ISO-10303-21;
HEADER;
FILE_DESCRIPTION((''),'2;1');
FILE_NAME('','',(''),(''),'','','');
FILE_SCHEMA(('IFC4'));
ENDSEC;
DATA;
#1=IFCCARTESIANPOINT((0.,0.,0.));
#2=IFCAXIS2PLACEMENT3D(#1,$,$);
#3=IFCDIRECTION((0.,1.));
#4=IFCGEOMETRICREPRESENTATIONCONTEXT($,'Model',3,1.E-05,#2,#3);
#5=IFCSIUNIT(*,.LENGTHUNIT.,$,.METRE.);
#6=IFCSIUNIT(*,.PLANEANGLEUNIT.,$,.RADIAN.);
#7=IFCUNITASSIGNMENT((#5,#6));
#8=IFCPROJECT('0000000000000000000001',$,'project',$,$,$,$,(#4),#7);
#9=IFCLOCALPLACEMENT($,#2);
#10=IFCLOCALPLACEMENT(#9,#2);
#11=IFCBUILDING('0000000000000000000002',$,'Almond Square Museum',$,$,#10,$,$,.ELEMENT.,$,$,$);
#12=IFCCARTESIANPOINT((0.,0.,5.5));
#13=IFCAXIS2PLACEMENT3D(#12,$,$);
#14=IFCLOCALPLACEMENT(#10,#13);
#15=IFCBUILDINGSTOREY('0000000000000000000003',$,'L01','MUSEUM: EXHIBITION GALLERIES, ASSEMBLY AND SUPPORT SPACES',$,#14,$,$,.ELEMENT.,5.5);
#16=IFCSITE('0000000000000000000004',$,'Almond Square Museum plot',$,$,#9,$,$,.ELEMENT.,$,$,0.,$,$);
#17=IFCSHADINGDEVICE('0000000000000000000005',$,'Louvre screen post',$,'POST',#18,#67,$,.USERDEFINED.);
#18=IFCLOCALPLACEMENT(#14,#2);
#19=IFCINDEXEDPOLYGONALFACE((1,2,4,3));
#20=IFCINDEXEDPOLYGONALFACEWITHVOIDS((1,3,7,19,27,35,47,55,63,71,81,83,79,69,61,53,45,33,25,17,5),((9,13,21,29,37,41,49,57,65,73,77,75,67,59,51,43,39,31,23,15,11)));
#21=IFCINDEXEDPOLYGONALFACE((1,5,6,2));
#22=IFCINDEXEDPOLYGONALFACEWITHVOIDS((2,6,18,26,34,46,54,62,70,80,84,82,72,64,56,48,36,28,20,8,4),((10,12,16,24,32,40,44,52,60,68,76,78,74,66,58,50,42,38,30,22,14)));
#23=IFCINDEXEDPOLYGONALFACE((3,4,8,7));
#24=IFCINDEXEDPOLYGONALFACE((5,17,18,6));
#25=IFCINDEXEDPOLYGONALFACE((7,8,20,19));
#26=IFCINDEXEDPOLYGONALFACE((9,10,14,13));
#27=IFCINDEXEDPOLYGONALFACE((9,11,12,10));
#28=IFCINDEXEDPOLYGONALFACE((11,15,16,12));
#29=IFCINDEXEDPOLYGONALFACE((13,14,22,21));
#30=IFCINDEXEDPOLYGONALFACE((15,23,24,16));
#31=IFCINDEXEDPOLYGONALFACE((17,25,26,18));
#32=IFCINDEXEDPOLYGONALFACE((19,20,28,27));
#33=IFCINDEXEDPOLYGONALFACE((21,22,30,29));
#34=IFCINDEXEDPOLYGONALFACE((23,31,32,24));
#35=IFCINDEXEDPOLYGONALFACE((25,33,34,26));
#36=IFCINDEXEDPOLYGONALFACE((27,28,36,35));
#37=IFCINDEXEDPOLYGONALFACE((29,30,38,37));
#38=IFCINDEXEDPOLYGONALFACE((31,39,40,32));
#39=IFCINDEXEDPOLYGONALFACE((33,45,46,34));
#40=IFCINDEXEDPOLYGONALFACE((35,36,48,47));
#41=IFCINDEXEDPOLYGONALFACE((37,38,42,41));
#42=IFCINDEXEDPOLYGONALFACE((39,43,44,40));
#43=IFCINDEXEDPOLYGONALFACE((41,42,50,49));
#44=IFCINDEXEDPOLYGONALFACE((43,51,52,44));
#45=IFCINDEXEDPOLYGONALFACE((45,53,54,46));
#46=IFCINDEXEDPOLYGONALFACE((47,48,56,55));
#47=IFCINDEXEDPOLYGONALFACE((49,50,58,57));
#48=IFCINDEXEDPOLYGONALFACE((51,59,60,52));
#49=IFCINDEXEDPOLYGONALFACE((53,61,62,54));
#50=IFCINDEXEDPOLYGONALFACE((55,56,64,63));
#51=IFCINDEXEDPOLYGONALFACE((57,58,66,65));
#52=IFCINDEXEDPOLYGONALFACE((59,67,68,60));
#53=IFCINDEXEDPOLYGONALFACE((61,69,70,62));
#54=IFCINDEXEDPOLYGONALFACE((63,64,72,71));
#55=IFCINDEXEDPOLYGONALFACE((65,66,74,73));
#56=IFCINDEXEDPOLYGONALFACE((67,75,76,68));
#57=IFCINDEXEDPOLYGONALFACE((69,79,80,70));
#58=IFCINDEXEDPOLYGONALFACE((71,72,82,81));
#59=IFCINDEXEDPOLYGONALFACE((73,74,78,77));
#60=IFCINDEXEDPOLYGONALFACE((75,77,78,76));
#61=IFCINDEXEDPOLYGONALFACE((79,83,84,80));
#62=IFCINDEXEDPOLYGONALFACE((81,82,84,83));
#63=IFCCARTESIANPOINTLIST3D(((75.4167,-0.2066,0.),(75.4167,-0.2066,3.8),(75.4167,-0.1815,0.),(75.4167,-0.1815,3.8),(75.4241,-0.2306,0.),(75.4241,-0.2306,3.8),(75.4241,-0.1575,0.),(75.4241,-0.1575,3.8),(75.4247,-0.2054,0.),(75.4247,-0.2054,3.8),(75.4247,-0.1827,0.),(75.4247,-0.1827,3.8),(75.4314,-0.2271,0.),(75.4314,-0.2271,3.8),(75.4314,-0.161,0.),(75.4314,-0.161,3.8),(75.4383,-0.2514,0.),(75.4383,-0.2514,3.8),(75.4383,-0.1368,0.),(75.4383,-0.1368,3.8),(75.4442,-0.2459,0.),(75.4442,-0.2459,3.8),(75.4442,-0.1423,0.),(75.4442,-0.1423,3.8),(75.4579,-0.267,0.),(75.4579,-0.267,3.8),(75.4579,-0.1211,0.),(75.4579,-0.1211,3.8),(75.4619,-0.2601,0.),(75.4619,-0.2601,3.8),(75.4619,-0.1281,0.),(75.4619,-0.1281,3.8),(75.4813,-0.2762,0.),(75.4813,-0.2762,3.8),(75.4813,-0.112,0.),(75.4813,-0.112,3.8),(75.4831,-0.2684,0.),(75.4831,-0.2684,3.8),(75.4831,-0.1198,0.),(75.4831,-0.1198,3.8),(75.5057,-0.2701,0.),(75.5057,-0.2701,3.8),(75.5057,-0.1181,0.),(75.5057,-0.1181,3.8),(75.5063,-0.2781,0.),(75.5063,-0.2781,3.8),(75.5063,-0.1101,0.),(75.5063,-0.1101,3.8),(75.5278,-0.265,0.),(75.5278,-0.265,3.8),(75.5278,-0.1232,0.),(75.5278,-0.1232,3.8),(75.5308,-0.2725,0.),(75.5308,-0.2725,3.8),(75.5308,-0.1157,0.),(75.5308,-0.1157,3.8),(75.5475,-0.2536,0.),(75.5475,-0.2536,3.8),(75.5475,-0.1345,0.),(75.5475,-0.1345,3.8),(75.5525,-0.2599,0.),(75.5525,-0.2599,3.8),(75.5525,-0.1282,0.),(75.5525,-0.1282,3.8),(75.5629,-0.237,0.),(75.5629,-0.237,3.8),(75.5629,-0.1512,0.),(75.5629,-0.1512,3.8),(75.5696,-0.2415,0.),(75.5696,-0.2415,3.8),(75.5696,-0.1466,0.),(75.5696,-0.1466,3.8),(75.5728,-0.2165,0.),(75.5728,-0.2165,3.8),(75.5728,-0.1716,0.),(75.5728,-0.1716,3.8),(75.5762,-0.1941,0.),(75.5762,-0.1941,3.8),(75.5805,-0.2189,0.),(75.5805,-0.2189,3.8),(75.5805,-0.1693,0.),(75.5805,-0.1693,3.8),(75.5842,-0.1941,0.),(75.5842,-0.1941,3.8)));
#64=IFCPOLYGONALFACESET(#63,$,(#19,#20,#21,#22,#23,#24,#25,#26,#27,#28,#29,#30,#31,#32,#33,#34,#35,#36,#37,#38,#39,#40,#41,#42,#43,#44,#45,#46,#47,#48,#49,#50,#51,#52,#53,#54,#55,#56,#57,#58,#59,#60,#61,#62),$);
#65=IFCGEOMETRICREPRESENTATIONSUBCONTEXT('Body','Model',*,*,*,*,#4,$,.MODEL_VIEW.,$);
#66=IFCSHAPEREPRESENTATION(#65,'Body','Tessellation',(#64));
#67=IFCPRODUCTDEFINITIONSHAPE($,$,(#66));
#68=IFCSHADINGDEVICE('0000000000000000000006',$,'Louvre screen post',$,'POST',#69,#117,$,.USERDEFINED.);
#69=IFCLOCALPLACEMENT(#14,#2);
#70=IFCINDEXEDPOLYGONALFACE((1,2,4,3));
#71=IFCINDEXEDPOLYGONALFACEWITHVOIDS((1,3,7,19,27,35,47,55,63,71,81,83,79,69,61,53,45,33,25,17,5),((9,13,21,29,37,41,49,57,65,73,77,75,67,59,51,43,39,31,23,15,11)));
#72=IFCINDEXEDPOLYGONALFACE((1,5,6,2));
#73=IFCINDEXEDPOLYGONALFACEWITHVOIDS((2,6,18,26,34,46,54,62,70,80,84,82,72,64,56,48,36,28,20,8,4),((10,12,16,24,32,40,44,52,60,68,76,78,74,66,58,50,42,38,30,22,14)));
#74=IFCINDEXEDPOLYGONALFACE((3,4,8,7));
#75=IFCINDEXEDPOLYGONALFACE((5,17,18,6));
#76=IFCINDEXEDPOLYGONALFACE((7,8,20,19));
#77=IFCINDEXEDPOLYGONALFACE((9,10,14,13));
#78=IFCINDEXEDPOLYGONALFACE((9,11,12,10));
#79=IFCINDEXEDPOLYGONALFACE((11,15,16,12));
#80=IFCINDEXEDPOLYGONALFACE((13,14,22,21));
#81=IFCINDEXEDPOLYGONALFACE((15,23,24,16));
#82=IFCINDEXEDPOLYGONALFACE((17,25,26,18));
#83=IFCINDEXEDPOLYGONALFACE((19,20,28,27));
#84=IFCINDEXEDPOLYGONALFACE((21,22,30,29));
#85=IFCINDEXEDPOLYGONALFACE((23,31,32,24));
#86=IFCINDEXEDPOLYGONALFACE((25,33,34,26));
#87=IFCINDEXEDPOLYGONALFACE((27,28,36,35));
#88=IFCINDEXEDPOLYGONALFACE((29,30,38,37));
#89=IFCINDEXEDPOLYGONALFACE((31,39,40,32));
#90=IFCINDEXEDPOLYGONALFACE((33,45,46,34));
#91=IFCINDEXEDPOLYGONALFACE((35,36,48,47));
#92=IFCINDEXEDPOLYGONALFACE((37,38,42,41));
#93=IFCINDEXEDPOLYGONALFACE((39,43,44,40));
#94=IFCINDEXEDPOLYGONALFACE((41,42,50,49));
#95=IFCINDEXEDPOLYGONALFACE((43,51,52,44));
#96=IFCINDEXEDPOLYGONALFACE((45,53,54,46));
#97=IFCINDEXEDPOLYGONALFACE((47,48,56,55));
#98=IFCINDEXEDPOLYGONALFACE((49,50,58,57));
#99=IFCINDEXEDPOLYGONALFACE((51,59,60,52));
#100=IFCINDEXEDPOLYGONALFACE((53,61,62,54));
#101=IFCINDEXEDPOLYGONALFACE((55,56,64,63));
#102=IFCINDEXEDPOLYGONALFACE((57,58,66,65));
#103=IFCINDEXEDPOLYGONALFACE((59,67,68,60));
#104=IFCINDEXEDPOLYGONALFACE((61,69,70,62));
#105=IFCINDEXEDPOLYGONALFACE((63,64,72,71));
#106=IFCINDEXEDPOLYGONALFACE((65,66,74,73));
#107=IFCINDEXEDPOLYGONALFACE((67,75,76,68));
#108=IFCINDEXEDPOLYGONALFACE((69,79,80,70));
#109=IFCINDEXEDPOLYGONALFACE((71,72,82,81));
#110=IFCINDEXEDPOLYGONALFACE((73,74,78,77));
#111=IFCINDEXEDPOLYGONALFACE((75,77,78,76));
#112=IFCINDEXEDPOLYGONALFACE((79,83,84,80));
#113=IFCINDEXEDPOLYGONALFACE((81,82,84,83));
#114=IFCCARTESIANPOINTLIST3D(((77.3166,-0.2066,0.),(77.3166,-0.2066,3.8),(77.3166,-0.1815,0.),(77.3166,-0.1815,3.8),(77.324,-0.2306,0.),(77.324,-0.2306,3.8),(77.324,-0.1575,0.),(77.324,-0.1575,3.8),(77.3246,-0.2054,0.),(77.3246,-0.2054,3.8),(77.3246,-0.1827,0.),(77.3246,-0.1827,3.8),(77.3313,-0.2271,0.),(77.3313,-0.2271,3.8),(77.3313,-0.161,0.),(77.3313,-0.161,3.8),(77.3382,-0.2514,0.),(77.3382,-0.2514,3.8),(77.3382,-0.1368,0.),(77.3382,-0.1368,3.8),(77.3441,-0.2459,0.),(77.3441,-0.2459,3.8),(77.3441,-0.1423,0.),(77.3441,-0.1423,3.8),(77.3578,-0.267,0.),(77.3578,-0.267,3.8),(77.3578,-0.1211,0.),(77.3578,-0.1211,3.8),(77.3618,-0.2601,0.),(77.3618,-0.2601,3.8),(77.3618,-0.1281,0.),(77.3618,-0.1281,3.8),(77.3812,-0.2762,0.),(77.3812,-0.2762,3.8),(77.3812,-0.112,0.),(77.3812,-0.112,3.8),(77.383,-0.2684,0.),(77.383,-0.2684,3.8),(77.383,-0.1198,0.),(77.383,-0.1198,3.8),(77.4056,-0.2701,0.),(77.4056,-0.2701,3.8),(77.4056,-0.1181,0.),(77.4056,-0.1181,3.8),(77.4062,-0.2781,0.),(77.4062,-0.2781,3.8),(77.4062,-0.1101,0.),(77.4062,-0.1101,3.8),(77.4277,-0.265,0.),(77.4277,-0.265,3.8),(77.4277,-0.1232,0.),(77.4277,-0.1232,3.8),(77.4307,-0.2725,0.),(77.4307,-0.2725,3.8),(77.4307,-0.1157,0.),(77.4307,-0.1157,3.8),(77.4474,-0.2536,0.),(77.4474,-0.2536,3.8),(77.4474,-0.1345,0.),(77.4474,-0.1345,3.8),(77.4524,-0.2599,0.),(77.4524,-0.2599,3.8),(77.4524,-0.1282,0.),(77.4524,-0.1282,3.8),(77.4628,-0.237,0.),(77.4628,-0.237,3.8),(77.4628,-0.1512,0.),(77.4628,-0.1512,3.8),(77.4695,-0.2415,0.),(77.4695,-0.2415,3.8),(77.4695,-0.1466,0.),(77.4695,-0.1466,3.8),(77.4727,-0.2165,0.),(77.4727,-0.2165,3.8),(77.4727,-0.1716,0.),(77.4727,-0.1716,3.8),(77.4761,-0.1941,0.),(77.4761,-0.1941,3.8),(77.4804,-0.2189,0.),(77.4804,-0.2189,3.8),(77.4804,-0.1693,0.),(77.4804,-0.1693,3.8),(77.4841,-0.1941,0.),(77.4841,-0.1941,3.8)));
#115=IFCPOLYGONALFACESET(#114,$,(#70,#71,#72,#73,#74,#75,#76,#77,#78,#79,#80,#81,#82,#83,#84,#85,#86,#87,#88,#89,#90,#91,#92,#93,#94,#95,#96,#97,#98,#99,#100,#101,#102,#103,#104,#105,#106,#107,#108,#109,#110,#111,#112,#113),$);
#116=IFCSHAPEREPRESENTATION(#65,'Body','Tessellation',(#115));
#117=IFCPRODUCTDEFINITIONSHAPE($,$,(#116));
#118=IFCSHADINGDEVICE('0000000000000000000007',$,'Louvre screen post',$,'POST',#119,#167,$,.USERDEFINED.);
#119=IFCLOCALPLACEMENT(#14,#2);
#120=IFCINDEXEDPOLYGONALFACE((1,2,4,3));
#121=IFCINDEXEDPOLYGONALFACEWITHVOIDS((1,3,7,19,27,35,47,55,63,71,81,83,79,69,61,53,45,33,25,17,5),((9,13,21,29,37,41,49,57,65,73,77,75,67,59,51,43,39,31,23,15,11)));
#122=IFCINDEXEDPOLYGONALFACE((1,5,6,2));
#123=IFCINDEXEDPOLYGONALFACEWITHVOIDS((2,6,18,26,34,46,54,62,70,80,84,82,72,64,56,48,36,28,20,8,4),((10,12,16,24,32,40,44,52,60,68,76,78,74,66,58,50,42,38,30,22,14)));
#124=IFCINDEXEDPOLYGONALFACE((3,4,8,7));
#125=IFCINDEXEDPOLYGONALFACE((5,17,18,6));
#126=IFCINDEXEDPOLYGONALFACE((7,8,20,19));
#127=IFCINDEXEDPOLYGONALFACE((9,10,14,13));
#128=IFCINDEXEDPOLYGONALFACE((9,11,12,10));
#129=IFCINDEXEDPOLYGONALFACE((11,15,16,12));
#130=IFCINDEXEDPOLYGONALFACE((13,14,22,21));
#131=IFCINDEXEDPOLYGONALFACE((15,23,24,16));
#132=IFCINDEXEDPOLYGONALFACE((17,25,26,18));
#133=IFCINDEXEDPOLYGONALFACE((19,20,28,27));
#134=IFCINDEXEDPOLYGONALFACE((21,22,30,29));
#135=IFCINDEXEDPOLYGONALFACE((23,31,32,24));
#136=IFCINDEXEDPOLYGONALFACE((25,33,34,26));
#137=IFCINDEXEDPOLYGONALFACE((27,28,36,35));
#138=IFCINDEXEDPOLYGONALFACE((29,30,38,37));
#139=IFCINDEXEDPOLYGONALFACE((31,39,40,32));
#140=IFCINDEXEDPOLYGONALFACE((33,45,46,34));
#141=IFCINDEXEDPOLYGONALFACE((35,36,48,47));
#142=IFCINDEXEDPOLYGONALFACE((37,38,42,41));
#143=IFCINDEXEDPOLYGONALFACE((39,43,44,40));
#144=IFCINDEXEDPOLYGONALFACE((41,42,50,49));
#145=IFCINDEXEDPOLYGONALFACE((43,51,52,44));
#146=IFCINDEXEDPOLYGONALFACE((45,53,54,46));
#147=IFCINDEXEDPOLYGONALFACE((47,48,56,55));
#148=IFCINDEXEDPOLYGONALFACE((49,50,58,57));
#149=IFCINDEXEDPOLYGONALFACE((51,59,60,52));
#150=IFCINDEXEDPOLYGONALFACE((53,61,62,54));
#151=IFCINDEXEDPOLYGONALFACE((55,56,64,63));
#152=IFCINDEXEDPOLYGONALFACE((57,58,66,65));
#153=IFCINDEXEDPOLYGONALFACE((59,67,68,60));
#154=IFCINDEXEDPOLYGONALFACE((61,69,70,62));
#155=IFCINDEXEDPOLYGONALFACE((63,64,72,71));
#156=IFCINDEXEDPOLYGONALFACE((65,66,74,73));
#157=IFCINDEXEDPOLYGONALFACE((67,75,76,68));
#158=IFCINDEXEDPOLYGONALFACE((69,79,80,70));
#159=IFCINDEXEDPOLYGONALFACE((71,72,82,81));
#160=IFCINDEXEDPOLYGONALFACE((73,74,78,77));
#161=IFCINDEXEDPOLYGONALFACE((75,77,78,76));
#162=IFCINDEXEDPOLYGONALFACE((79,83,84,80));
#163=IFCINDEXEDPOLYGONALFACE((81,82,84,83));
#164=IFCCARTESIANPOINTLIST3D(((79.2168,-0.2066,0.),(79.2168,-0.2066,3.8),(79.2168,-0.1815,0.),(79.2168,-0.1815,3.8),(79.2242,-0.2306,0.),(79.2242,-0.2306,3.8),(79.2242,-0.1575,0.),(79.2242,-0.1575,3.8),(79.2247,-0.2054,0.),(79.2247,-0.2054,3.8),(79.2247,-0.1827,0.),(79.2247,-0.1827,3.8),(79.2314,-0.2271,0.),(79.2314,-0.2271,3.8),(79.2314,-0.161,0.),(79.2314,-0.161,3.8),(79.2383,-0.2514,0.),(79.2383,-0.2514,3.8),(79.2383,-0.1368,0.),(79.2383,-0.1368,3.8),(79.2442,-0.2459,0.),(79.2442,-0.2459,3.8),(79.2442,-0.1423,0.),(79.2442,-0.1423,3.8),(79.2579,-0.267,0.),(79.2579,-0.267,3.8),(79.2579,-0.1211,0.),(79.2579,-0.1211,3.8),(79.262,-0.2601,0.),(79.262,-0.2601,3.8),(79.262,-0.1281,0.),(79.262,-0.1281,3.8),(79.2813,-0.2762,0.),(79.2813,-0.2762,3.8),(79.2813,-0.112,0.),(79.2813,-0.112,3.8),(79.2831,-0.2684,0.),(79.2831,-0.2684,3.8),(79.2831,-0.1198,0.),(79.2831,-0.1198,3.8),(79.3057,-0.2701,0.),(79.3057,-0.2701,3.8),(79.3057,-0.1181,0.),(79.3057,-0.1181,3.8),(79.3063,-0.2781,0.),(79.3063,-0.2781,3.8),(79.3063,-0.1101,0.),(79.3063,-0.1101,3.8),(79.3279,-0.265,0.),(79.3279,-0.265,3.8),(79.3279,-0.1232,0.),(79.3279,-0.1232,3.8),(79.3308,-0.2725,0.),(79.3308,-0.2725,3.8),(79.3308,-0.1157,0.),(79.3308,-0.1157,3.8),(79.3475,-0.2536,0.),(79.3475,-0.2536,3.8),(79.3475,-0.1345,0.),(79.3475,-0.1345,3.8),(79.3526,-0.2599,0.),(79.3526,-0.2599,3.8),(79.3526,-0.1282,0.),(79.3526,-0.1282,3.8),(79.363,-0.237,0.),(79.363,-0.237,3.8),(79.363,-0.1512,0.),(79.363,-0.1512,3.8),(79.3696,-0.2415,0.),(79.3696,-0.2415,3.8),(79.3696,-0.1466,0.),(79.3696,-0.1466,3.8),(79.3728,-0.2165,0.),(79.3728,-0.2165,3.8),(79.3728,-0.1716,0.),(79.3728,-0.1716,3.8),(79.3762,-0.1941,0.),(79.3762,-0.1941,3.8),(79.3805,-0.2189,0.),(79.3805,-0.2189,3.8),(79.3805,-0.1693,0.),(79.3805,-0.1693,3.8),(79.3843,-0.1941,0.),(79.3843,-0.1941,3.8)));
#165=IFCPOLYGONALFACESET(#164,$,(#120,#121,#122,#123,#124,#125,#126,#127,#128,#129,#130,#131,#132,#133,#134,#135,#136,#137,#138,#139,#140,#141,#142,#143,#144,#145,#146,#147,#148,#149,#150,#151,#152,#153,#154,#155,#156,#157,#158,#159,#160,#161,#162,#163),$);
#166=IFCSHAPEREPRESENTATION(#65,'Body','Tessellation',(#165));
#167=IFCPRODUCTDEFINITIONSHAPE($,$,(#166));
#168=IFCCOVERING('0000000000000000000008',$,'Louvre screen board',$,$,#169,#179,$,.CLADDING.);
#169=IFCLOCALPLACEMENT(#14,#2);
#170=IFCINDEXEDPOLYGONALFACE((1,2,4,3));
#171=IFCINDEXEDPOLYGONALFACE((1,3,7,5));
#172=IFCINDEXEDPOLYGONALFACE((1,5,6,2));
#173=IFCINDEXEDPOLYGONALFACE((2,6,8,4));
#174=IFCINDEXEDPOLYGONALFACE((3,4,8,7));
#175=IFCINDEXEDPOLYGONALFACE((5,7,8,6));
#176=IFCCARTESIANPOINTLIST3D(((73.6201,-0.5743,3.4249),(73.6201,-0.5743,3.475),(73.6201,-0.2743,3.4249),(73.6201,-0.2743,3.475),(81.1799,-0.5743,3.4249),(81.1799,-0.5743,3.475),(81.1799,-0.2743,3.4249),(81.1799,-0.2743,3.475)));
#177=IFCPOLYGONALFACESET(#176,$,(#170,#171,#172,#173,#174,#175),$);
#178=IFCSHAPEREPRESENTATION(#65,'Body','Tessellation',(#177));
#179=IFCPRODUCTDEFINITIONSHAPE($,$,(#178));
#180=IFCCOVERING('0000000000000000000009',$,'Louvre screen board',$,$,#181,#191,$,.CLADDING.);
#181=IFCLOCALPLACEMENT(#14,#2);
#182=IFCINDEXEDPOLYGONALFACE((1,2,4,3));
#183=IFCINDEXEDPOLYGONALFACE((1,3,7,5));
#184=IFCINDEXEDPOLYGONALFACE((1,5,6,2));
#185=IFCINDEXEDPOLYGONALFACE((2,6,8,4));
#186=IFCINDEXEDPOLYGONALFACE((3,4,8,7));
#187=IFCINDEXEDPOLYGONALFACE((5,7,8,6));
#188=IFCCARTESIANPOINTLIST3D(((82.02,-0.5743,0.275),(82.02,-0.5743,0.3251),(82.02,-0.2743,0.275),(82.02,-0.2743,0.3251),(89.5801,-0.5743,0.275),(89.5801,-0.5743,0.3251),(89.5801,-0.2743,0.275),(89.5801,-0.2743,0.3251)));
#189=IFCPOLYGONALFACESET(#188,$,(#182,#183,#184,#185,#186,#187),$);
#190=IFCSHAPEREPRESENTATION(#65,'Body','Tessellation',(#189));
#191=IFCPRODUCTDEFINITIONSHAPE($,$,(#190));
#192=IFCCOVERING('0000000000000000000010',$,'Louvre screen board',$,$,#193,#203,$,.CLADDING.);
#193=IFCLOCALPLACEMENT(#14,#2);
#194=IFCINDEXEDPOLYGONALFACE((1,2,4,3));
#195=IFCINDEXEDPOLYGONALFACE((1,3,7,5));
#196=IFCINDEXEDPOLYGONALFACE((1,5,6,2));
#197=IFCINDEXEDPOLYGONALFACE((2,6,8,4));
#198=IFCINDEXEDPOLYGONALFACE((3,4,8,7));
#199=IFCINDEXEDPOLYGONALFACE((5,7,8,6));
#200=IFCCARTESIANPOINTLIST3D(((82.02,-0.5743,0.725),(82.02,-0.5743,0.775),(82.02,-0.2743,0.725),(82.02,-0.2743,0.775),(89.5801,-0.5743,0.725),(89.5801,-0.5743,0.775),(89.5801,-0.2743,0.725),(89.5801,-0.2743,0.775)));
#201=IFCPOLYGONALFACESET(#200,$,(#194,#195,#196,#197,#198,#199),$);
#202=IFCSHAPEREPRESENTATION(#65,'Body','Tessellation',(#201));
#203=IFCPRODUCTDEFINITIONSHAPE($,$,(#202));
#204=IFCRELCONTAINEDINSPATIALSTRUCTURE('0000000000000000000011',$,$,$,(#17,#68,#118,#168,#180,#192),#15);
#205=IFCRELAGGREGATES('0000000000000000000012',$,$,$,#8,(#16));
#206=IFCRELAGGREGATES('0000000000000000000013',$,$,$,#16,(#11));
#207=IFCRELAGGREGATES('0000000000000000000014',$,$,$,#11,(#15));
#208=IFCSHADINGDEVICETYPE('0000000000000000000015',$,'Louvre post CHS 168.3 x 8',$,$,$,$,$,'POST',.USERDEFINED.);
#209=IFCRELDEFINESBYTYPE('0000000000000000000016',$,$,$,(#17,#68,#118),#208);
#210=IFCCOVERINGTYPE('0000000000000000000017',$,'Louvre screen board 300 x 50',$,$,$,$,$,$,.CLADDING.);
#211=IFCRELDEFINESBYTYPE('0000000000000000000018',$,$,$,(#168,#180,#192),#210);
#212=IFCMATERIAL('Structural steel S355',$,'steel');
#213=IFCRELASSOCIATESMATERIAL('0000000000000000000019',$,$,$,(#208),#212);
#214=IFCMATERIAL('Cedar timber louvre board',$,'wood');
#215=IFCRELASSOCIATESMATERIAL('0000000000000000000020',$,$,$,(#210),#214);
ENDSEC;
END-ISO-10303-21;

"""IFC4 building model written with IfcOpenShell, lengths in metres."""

from ifc_helpers import new_model, si_unit, direction, frame, origin, origin_2d, place, context, subcontext, project, spatial, rectangle, hollow_circle, extrude, material, material_profile, profile_set, type_object, element, save


model = new_model("IFC4")

# Units and contexts
model_context = context("Model", 3, precision=1e-05, world=origin(), true_north=direction((0.0, 1.0)))
body_context = subcontext(model_context, "Body", "Model", "MODEL_VIEW")
ifc_project = project(units=[si_unit("LENGTHUNIT", "METRE"), si_unit("PLANEANGLEUNIT", "RADIAN")], contexts=[model_context])

# Site, building, storey
site_placement = place(None, origin())
site = spatial("IfcSite", under=ifc_project, at=site_placement, Name="Almond Square Museum plot", CompositionType="ELEMENT", RefElevation=0.0)
building_placement = place(site_placement, origin())
building = spatial("IfcBuilding", under=site, at=building_placement, Name="Almond Square Museum", CompositionType="ELEMENT")
storey_placement = place(building_placement, frame((0.0, 0.0, 5.5)))
storey = spatial("IfcBuildingStorey", under=building, at=storey_placement, Name="L01", Description="MUSEUM: EXHIBITION GALLERIES, ASSEMBLY AND SUPPORT SPACES", CompositionType="ELEMENT", Elevation=5.5)

# Shading devices
ifc_material_1 = material(Name="Structural steel S355", Category="steel")
ifc_material_profile_1 = material_profile(ifc_material_1, hollow_circle(Radius=0.0842, WallThickness=0.0081, at=origin_2d()))
ifc_profile_set_1 = profile_set([ifc_material_profile_1], Name="Structural steel S355")
shading_device_type = type_object("IfcShadingDeviceType", Name="Louvre post CHS 168.3 x 8", ElementType="POST", PredefinedType="USERDEFINED", material=ifc_profile_set_1)
for number, where, z_axis, x_axis, name in (
    (1, (75.5, -0.1941, 0.0), (0.0, 0.0, 1.0), (1.0, 0.0, 0.0), "Louvre screen post"),
    (2, (77.3999, -0.1941, 0.0), (0.0, 0.0, 1.0), (1.0, 0.0, 0.0), "Louvre screen post"),
    (3, (79.3, -0.1941, 0.0), (0.0, 0.0, 1.0), (1.0, 0.0, 0.0), "Louvre screen post"),
):
    element("IfcShadingDevice", number, at=place(storey_placement, frame(where, z_axis=z_axis, x_axis=x_axis)), inside=storey, type_object=shading_device_type, Name=name, ObjectType="POST", PredefinedType="USERDEFINED", context=body_context, shape_type="SweptSolid", body=[
        extrude(hollow_circle(Radius=0.0842, WallThickness=0.0081, at=origin_2d()), origin(), (0.0, 0.0, 1.0), 3.8),
    ])

# Coverings
ifc_material_2 = material(Name="Cedar timber louvre board", Category="wood")
ifc_material_profile_2 = material_profile(ifc_material_2, rectangle(XDim=0.3, YDim=0.05, at=origin_2d()))
ifc_profile_set_2 = profile_set([ifc_material_profile_2], Name="Cedar timber louvre board")
covering_type = type_object("IfcCoveringType", Name="Louvre screen board 300 x 50", PredefinedType="CLADDING", material=ifc_profile_set_2)
covering_placement = place(storey_placement, frame((73.6201, -0.4243, 3.45), z_axis=(1.0, 0.0, 0.0), x_axis=(0.0, 1.0, 0.0)))
element("IfcCovering", 4, at=covering_placement, inside=storey, type_object=covering_type, Name="Louvre screen board", PredefinedType="CLADDING", context=body_context, shape_type="SweptSolid", body=[
    extrude(rectangle(XDim=0.3, YDim=0.05, at=origin_2d()), origin(), (0.0, 0.0, 1.0), 7.5598),
])
for number, where, z_axis, x_axis, name in (
    (5, (82.02, -0.4243, 0.3), (1.0, 0.0, 0.0), (0.0, 1.0, 0.0), "Louvre screen board"),
    (6, (82.02, -0.4243, 0.75), (1.0, 0.0, 0.0), (0.0, 1.0, 0.0), "Louvre screen board"),
):
    element("IfcCovering", number, at=place(storey_placement, frame(where, z_axis=z_axis, x_axis=x_axis)), inside=storey, type_object=covering_type, Name=name, PredefinedType="CLADDING", context=body_context, shape_type="SweptSolid", body=[
        extrude(rectangle(XDim=0.3, YDim=0.05, at=origin_2d()), origin(), (0.0, 0.0, 1.0), 7.5601),
    ])

save(model, "model.ifc")
